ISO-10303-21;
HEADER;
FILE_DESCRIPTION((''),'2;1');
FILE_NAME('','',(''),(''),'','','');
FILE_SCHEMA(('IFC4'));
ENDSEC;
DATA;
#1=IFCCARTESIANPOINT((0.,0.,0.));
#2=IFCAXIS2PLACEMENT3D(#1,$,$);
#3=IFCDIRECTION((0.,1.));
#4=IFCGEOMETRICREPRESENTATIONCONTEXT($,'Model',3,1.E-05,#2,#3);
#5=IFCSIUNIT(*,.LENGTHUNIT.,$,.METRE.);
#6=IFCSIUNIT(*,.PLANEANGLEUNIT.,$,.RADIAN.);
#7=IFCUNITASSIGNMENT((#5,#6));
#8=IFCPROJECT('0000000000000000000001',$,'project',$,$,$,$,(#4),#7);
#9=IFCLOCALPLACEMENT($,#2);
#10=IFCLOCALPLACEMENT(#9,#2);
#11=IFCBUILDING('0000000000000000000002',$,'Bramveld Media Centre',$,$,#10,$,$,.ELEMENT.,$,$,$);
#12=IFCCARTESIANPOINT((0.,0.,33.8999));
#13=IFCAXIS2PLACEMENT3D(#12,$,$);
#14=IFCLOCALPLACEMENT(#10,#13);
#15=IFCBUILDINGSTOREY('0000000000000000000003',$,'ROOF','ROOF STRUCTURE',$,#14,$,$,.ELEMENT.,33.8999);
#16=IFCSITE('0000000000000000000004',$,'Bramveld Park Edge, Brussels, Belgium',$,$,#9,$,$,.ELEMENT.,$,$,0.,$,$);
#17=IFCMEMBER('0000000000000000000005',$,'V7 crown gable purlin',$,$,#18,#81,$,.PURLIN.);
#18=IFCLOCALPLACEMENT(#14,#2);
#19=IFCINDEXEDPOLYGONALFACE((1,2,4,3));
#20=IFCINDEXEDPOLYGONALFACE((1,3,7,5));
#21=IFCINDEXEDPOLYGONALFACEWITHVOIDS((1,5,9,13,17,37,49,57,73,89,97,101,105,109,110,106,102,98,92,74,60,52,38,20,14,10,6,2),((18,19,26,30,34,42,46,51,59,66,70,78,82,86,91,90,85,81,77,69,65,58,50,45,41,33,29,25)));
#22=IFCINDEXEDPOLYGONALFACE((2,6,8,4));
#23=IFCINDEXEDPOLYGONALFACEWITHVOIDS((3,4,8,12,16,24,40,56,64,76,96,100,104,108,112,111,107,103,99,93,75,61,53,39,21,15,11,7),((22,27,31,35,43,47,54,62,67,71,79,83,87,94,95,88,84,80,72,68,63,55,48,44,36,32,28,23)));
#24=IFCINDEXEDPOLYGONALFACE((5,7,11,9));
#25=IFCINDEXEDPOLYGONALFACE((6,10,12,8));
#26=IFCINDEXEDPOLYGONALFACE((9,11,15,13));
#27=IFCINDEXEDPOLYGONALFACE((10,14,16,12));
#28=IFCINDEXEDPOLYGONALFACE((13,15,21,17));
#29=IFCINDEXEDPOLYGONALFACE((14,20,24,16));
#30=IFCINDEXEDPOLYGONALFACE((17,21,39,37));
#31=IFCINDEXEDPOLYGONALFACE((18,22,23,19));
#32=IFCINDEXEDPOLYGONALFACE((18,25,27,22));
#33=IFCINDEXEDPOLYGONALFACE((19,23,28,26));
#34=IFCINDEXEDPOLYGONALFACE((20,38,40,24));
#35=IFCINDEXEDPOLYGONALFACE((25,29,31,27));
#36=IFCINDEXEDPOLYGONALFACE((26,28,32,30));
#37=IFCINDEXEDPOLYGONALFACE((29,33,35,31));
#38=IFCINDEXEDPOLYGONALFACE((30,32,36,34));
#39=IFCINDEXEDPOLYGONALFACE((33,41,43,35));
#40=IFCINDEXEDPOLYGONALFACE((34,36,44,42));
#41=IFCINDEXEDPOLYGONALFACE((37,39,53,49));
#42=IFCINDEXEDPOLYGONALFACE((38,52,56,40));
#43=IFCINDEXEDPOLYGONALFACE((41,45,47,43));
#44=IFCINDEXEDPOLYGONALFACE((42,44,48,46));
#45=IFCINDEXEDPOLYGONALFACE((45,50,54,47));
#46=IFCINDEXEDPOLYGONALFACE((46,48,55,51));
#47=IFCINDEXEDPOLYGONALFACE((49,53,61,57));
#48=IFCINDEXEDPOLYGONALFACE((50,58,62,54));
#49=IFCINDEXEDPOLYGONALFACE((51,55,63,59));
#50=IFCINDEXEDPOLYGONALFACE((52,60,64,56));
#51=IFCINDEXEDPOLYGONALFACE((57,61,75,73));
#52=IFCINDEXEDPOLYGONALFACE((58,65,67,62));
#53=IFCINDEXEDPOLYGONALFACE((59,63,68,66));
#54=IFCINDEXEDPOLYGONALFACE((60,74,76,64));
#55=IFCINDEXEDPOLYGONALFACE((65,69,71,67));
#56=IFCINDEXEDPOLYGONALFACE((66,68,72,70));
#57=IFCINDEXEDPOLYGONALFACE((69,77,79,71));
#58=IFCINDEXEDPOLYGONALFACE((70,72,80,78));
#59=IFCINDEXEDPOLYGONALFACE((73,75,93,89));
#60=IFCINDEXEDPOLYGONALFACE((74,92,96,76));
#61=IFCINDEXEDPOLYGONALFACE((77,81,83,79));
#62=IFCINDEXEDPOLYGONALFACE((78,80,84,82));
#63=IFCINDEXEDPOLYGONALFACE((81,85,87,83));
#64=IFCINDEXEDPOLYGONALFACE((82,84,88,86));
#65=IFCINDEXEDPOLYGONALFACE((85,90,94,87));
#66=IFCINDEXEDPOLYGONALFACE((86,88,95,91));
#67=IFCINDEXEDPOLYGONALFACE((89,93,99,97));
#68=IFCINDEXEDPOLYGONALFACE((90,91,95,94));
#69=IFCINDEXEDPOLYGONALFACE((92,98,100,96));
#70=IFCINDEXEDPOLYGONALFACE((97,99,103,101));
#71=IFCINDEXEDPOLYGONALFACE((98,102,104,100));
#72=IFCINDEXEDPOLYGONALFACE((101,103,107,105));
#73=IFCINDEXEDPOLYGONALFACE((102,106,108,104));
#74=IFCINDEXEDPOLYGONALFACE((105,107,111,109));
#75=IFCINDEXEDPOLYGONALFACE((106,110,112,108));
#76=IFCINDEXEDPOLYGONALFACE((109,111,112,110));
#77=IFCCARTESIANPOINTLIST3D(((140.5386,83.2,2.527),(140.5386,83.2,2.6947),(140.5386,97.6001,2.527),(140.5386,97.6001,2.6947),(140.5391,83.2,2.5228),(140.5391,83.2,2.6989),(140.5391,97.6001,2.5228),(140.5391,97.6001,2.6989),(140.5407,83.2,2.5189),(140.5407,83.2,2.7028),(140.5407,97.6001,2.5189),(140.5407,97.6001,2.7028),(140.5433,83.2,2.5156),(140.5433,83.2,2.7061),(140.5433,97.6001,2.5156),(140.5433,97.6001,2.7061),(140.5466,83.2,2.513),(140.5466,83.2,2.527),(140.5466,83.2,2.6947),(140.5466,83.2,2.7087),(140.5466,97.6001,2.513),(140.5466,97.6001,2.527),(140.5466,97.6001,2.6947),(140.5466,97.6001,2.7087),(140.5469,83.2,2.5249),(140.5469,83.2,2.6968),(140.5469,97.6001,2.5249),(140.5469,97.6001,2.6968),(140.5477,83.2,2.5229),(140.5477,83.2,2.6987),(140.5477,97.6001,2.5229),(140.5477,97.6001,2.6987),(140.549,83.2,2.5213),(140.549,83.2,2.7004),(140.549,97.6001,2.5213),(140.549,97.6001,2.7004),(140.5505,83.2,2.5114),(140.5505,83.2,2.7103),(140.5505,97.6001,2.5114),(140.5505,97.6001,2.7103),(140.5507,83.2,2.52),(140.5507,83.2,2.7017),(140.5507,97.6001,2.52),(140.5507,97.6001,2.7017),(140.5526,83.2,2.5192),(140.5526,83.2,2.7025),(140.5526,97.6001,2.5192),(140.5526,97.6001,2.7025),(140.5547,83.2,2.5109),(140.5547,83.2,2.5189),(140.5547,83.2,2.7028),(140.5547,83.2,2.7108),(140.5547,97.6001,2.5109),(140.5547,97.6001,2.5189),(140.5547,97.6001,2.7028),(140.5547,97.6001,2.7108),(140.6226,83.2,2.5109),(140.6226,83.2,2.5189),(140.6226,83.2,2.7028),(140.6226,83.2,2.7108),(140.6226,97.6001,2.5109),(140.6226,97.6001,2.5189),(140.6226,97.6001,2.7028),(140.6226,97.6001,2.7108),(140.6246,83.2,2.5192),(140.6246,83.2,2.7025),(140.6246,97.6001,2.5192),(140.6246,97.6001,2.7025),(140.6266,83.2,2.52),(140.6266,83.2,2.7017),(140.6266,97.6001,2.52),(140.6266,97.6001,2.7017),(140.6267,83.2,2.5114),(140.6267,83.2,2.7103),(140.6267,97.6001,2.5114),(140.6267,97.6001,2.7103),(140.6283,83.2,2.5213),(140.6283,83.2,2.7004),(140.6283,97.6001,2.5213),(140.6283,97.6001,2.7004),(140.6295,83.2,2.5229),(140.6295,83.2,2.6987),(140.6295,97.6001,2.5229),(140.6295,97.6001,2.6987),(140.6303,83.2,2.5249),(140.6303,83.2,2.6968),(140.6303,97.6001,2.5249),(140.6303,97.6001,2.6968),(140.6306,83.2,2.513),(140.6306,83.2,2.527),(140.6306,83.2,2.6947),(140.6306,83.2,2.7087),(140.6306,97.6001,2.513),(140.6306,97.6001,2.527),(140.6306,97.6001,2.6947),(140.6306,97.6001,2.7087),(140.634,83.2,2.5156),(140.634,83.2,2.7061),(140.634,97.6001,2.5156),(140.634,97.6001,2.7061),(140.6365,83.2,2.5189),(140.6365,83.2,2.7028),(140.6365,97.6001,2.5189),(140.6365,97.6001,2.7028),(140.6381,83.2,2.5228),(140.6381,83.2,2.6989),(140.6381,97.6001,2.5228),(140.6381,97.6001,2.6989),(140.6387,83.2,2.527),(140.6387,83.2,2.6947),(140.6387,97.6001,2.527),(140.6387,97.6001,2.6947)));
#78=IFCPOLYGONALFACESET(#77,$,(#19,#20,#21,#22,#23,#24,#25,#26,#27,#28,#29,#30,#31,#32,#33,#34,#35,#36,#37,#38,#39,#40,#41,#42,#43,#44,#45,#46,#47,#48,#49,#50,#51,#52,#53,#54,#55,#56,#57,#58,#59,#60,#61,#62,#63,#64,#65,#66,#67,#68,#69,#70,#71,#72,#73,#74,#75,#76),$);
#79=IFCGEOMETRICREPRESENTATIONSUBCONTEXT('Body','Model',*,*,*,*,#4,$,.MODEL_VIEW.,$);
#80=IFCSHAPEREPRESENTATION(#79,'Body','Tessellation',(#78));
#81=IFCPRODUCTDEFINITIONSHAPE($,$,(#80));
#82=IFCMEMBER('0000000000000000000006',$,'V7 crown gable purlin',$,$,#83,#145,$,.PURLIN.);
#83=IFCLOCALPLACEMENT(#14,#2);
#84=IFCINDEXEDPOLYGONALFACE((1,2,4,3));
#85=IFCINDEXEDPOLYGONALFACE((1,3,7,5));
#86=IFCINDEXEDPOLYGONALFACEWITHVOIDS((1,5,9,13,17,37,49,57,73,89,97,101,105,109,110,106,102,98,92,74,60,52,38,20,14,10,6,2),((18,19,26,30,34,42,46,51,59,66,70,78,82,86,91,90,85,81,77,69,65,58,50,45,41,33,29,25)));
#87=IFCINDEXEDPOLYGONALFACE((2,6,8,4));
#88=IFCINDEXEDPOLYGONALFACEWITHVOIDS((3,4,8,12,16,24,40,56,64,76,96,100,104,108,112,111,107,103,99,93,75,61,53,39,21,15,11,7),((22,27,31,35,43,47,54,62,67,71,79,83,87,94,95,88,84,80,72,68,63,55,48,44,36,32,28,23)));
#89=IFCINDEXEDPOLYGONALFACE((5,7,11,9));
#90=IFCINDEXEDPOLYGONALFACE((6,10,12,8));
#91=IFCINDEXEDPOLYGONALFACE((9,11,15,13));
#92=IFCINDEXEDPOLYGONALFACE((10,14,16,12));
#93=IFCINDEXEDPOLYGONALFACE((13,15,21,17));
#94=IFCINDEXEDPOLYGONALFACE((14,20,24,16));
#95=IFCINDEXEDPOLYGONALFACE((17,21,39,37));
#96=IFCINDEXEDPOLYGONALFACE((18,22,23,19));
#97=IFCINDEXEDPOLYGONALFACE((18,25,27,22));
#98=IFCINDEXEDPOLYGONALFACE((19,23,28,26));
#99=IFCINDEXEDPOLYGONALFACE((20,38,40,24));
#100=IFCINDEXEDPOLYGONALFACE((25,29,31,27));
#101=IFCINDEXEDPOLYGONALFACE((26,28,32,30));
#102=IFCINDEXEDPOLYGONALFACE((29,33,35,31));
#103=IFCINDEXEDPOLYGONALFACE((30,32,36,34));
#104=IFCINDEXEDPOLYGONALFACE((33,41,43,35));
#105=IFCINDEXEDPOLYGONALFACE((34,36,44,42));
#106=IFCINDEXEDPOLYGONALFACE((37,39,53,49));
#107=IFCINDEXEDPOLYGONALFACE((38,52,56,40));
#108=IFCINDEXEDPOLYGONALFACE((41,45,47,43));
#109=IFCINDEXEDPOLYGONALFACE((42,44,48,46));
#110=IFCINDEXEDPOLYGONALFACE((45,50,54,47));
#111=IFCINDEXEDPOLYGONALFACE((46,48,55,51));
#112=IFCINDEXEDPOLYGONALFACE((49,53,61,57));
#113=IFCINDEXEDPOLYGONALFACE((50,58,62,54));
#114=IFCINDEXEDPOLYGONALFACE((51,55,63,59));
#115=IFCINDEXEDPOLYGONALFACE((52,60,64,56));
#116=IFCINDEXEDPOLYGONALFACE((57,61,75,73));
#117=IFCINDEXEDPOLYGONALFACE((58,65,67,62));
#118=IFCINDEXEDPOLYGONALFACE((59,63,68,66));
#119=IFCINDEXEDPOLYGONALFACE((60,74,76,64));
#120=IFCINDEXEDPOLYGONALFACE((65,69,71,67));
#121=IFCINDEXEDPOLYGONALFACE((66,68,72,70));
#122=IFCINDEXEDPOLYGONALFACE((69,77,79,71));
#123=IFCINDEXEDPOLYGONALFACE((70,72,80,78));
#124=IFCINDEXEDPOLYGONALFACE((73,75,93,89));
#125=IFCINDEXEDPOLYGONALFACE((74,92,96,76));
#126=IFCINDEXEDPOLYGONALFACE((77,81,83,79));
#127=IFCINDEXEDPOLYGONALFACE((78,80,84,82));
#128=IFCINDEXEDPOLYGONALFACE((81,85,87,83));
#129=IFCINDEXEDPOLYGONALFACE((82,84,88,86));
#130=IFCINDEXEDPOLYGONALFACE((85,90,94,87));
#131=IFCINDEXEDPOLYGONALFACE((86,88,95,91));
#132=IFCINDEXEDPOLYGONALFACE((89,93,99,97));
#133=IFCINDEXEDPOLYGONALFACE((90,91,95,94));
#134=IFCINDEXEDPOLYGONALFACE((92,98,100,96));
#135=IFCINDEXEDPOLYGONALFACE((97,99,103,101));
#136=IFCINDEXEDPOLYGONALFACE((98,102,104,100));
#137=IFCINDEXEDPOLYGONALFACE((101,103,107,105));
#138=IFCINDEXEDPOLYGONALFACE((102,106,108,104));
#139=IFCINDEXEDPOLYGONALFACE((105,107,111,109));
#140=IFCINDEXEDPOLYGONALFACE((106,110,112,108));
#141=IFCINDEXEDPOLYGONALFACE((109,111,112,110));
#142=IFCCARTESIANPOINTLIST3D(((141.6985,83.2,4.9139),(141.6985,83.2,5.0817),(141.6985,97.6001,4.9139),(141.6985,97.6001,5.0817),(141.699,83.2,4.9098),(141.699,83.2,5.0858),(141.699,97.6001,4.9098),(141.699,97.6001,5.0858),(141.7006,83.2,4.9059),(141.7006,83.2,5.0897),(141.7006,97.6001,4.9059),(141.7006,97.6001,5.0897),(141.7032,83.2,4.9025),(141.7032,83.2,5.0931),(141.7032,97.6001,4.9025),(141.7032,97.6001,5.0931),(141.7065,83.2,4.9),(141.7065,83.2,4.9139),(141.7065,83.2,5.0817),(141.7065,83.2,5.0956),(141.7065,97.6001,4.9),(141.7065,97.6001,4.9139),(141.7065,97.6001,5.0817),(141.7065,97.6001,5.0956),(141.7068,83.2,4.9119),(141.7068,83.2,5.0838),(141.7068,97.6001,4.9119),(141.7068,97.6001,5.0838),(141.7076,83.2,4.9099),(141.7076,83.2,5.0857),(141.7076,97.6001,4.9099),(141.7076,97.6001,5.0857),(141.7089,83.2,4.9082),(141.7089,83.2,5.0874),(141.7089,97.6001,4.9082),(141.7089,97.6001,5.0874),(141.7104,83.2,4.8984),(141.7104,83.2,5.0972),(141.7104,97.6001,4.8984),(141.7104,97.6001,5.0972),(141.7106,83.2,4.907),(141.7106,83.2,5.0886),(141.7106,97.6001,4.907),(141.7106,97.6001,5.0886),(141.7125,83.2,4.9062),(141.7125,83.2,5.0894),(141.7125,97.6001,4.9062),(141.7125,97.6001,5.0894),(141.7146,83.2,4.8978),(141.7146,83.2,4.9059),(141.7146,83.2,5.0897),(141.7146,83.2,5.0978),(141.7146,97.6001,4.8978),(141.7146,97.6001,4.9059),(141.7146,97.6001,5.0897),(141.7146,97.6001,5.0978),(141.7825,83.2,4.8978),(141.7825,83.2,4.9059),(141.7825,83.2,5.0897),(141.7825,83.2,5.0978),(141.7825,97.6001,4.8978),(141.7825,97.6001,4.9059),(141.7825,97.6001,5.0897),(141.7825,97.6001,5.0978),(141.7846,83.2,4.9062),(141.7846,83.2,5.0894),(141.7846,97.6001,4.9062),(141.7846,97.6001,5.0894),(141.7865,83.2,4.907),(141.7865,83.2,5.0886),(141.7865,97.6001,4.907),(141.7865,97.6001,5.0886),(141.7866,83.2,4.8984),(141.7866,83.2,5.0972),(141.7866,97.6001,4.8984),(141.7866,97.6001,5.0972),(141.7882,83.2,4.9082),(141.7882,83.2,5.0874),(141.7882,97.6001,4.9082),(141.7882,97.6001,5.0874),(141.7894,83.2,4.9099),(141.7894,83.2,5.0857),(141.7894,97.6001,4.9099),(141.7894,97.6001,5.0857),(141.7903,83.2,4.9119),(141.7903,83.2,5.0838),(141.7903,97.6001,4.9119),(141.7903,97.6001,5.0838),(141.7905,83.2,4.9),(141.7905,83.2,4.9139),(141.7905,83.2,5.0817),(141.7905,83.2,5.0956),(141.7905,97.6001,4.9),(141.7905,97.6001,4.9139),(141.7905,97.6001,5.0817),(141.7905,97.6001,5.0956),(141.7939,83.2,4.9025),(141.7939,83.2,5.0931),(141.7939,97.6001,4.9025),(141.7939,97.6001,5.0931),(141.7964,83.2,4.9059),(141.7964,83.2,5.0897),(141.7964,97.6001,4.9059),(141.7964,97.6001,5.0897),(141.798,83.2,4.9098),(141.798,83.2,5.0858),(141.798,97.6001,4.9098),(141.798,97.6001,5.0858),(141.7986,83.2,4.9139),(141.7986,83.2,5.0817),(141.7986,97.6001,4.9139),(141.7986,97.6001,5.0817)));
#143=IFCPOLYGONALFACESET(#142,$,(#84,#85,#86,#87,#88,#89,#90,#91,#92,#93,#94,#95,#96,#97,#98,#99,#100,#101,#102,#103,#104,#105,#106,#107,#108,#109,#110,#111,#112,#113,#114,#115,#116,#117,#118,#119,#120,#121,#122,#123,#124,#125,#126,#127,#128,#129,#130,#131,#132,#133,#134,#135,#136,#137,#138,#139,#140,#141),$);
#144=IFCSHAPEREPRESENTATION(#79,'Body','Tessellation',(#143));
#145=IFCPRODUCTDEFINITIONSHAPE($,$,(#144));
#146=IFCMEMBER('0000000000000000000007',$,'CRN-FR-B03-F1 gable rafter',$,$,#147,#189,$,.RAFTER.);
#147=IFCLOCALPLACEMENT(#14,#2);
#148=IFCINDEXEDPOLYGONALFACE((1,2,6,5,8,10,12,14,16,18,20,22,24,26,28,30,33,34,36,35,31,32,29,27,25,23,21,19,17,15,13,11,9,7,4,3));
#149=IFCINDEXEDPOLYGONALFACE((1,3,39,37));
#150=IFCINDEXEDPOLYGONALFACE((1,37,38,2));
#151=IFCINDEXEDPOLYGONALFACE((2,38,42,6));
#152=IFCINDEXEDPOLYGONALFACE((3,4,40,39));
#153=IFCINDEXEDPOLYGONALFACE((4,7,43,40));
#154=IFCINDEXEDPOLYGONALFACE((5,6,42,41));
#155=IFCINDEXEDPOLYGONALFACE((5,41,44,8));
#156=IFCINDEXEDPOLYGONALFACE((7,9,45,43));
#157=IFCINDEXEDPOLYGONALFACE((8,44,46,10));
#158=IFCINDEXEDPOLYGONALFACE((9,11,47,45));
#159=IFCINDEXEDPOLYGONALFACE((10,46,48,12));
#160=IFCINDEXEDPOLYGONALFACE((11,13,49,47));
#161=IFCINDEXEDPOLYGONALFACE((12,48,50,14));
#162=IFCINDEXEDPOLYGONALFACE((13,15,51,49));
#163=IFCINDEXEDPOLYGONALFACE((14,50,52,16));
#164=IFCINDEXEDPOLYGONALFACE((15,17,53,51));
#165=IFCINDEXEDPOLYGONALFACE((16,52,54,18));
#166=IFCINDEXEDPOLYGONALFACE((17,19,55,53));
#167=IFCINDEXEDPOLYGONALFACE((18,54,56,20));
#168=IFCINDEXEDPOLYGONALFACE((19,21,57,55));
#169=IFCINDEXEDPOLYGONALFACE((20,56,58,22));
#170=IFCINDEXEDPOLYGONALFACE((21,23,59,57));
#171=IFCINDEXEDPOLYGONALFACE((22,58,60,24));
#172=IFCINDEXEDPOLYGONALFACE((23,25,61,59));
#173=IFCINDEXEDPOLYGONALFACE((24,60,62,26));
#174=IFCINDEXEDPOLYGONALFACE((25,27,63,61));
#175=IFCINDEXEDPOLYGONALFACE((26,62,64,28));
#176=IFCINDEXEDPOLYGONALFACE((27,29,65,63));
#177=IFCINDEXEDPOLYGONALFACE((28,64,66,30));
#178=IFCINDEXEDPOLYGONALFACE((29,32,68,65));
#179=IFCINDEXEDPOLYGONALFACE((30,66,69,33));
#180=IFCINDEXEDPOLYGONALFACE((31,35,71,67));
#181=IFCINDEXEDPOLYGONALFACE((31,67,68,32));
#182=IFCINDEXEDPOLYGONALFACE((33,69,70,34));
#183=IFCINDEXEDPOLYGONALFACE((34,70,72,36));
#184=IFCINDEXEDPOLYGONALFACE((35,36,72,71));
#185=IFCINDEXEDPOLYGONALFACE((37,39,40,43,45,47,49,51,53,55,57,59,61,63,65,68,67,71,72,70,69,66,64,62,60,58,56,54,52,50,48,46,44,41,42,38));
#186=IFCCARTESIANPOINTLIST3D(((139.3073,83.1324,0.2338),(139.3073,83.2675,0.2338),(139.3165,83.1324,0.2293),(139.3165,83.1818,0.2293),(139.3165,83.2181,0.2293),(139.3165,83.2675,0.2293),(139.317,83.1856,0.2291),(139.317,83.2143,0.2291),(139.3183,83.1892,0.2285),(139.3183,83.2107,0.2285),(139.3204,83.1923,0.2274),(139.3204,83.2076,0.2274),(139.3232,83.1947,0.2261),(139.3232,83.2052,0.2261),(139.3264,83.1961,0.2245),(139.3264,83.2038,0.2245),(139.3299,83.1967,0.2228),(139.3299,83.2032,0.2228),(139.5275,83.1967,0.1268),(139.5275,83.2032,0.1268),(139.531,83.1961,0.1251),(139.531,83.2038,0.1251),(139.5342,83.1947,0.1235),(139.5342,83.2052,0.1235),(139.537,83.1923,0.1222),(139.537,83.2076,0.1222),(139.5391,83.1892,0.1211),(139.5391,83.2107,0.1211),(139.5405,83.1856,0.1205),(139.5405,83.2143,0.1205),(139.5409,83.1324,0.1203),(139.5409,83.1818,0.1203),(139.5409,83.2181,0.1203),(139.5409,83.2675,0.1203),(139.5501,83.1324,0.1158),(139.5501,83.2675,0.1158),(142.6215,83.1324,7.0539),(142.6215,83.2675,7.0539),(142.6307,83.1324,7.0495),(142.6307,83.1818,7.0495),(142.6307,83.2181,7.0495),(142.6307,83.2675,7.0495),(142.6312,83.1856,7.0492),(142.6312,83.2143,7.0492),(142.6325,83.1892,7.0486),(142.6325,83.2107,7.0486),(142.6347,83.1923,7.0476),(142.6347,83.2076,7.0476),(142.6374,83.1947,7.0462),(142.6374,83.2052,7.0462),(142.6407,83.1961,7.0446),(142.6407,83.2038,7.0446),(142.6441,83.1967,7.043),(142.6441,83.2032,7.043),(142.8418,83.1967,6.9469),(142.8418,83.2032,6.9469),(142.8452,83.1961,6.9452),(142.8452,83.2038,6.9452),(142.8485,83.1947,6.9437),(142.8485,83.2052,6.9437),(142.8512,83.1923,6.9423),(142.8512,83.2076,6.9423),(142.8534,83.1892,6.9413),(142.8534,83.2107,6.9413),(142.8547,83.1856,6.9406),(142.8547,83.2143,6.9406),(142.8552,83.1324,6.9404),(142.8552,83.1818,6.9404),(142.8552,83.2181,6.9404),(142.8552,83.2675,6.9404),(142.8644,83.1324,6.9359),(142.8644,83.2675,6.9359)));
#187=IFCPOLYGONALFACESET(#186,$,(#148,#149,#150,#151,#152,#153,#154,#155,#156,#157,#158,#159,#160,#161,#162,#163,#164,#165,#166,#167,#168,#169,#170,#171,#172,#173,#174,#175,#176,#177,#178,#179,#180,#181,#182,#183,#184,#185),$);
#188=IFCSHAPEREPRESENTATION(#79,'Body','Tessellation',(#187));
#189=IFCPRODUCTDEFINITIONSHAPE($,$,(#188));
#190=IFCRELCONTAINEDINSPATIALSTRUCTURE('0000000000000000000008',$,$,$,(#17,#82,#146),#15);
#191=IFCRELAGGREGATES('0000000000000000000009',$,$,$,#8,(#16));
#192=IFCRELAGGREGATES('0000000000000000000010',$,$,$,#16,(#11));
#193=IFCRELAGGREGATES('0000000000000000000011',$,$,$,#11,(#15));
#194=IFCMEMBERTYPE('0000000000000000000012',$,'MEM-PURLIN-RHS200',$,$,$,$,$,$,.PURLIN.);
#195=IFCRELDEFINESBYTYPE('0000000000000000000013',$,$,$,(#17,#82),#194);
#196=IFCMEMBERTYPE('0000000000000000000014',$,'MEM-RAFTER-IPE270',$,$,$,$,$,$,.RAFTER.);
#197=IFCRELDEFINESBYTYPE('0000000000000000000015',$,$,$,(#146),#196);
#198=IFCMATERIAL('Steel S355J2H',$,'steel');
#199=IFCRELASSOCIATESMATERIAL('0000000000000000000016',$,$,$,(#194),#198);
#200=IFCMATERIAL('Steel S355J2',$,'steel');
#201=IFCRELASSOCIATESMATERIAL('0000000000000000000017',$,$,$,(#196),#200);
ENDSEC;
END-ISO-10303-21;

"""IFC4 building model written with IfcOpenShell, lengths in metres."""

from ifc_helpers import new_model, si_unit, direction, frame, origin, origin_2d, place, context, subcontext, project, spatial, hollow_rectangle, i_section, extrude, material, material_profile, profile_set, type_object, element, save


model = new_model("IFC4")

# Units and contexts
model_context = context("Model", 3, precision=1e-05, world=origin(), true_north=direction((0.0, 1.0)))
body_context = subcontext(model_context, "Body", "Model", "MODEL_VIEW")
ifc_project = project(units=[si_unit("LENGTHUNIT", "METRE"), si_unit("PLANEANGLEUNIT", "RADIAN")], contexts=[model_context])

# Site, building, storey
site_placement = place(None, origin())
site = spatial("IfcSite", under=ifc_project, at=site_placement, Name="Bramveld Park Edge, Brussels, Belgium", CompositionType="ELEMENT", RefElevation=0.0)
building_placement = place(site_placement, origin())
building = spatial("IfcBuilding", under=site, at=building_placement, Name="Bramveld Media Centre", CompositionType="ELEMENT")
storey_placement = place(building_placement, frame((0.0, 0.0, 33.8999)))
storey = spatial("IfcBuildingStorey", under=building, at=storey_placement, Name="ROOF", Description="ROOF STRUCTURE", CompositionType="ELEMENT", Elevation=33.8999)

# Members
ifc_material_1 = material(Name="Steel S355J2H", Category="steel")
ifc_material_profile_1 = material_profile(ifc_material_1, hollow_rectangle(XDim=0.1001, YDim=0.2, WallThickness=0.0081, InnerFilletRadius=0.0081, OuterFilletRadius=0.0161, at=origin_2d()), Name="RHS 200x100x8")
ifc_profile_set_1 = profile_set([ifc_material_profile_1], Name="Steel S355J2H")
member_type_1 = type_object("IfcMemberType", Name="MEM-PURLIN-RHS200", PredefinedType="PURLIN", material=ifc_profile_set_1)
for number, where, z_axis, x_axis, name in (
    (1, (140.5886, 83.2, 2.6108), (0.0, 1.0, 0.0), (-1.0, 0.0, 0.0), "V7 crown gable purlin"),
    (2, (141.7485, 83.2, 4.9978), (0.0, 1.0, 0.0), (-1.0, 0.0, 0.0), "V7 crown gable purlin"),
):
    element("IfcMember", number, at=place(storey_placement, frame(where, z_axis=z_axis, x_axis=x_axis)), inside=storey, type_object=member_type_1, Name=name, PredefinedType="PURLIN", context=body_context, shape_type="SweptSolid", body=[
        extrude(hollow_rectangle(XDim=0.1001, YDim=0.2, WallThickness=0.0081, InnerFilletRadius=0.0081, OuterFilletRadius=0.0161, at=origin_2d()), origin(), (0.0, 0.0, 1.0), 14.4001),
    ])
ifc_material_2 = material(Name="Steel S355J2", Category="steel")
ifc_material_profile_2 = material_profile(ifc_material_2, i_section(OverallWidth=0.135, OverallDepth=0.27, WebThickness=0.0066, FlangeThickness=0.0103, FilletRadius=0.0149, at=origin_2d()), Name="IPE 270")
ifc_profile_set_2 = profile_set([ifc_material_profile_2], Name="Steel S355J2")
member_type_2 = type_object("IfcMemberType", Name="MEM-RAFTER-IPE270", PredefinedType="RAFTER", material=ifc_profile_set_2)
member_1_placement = place(storey_placement, frame((139.4287, 83.2, 0.1748), z_axis=(0.437075, 0.0, 0.899425), x_axis=(0.0, 1.0, 0.0)))
element("IfcMember", 3, at=member_1_placement, inside=storey, type_object=member_type_2, Name="CRN-FR-B03-F1 gable rafter", PredefinedType="RAFTER", context=body_context, shape_type="SweptSolid", body=[
    extrude(i_section(OverallWidth=0.135, OverallDepth=0.27, WebThickness=0.0066, FlangeThickness=0.0103, FilletRadius=0.0149, at=origin_2d()), origin(), (0.0, 0.0, 1.0), 7.5828),
])

save(model, "model.ifc")
